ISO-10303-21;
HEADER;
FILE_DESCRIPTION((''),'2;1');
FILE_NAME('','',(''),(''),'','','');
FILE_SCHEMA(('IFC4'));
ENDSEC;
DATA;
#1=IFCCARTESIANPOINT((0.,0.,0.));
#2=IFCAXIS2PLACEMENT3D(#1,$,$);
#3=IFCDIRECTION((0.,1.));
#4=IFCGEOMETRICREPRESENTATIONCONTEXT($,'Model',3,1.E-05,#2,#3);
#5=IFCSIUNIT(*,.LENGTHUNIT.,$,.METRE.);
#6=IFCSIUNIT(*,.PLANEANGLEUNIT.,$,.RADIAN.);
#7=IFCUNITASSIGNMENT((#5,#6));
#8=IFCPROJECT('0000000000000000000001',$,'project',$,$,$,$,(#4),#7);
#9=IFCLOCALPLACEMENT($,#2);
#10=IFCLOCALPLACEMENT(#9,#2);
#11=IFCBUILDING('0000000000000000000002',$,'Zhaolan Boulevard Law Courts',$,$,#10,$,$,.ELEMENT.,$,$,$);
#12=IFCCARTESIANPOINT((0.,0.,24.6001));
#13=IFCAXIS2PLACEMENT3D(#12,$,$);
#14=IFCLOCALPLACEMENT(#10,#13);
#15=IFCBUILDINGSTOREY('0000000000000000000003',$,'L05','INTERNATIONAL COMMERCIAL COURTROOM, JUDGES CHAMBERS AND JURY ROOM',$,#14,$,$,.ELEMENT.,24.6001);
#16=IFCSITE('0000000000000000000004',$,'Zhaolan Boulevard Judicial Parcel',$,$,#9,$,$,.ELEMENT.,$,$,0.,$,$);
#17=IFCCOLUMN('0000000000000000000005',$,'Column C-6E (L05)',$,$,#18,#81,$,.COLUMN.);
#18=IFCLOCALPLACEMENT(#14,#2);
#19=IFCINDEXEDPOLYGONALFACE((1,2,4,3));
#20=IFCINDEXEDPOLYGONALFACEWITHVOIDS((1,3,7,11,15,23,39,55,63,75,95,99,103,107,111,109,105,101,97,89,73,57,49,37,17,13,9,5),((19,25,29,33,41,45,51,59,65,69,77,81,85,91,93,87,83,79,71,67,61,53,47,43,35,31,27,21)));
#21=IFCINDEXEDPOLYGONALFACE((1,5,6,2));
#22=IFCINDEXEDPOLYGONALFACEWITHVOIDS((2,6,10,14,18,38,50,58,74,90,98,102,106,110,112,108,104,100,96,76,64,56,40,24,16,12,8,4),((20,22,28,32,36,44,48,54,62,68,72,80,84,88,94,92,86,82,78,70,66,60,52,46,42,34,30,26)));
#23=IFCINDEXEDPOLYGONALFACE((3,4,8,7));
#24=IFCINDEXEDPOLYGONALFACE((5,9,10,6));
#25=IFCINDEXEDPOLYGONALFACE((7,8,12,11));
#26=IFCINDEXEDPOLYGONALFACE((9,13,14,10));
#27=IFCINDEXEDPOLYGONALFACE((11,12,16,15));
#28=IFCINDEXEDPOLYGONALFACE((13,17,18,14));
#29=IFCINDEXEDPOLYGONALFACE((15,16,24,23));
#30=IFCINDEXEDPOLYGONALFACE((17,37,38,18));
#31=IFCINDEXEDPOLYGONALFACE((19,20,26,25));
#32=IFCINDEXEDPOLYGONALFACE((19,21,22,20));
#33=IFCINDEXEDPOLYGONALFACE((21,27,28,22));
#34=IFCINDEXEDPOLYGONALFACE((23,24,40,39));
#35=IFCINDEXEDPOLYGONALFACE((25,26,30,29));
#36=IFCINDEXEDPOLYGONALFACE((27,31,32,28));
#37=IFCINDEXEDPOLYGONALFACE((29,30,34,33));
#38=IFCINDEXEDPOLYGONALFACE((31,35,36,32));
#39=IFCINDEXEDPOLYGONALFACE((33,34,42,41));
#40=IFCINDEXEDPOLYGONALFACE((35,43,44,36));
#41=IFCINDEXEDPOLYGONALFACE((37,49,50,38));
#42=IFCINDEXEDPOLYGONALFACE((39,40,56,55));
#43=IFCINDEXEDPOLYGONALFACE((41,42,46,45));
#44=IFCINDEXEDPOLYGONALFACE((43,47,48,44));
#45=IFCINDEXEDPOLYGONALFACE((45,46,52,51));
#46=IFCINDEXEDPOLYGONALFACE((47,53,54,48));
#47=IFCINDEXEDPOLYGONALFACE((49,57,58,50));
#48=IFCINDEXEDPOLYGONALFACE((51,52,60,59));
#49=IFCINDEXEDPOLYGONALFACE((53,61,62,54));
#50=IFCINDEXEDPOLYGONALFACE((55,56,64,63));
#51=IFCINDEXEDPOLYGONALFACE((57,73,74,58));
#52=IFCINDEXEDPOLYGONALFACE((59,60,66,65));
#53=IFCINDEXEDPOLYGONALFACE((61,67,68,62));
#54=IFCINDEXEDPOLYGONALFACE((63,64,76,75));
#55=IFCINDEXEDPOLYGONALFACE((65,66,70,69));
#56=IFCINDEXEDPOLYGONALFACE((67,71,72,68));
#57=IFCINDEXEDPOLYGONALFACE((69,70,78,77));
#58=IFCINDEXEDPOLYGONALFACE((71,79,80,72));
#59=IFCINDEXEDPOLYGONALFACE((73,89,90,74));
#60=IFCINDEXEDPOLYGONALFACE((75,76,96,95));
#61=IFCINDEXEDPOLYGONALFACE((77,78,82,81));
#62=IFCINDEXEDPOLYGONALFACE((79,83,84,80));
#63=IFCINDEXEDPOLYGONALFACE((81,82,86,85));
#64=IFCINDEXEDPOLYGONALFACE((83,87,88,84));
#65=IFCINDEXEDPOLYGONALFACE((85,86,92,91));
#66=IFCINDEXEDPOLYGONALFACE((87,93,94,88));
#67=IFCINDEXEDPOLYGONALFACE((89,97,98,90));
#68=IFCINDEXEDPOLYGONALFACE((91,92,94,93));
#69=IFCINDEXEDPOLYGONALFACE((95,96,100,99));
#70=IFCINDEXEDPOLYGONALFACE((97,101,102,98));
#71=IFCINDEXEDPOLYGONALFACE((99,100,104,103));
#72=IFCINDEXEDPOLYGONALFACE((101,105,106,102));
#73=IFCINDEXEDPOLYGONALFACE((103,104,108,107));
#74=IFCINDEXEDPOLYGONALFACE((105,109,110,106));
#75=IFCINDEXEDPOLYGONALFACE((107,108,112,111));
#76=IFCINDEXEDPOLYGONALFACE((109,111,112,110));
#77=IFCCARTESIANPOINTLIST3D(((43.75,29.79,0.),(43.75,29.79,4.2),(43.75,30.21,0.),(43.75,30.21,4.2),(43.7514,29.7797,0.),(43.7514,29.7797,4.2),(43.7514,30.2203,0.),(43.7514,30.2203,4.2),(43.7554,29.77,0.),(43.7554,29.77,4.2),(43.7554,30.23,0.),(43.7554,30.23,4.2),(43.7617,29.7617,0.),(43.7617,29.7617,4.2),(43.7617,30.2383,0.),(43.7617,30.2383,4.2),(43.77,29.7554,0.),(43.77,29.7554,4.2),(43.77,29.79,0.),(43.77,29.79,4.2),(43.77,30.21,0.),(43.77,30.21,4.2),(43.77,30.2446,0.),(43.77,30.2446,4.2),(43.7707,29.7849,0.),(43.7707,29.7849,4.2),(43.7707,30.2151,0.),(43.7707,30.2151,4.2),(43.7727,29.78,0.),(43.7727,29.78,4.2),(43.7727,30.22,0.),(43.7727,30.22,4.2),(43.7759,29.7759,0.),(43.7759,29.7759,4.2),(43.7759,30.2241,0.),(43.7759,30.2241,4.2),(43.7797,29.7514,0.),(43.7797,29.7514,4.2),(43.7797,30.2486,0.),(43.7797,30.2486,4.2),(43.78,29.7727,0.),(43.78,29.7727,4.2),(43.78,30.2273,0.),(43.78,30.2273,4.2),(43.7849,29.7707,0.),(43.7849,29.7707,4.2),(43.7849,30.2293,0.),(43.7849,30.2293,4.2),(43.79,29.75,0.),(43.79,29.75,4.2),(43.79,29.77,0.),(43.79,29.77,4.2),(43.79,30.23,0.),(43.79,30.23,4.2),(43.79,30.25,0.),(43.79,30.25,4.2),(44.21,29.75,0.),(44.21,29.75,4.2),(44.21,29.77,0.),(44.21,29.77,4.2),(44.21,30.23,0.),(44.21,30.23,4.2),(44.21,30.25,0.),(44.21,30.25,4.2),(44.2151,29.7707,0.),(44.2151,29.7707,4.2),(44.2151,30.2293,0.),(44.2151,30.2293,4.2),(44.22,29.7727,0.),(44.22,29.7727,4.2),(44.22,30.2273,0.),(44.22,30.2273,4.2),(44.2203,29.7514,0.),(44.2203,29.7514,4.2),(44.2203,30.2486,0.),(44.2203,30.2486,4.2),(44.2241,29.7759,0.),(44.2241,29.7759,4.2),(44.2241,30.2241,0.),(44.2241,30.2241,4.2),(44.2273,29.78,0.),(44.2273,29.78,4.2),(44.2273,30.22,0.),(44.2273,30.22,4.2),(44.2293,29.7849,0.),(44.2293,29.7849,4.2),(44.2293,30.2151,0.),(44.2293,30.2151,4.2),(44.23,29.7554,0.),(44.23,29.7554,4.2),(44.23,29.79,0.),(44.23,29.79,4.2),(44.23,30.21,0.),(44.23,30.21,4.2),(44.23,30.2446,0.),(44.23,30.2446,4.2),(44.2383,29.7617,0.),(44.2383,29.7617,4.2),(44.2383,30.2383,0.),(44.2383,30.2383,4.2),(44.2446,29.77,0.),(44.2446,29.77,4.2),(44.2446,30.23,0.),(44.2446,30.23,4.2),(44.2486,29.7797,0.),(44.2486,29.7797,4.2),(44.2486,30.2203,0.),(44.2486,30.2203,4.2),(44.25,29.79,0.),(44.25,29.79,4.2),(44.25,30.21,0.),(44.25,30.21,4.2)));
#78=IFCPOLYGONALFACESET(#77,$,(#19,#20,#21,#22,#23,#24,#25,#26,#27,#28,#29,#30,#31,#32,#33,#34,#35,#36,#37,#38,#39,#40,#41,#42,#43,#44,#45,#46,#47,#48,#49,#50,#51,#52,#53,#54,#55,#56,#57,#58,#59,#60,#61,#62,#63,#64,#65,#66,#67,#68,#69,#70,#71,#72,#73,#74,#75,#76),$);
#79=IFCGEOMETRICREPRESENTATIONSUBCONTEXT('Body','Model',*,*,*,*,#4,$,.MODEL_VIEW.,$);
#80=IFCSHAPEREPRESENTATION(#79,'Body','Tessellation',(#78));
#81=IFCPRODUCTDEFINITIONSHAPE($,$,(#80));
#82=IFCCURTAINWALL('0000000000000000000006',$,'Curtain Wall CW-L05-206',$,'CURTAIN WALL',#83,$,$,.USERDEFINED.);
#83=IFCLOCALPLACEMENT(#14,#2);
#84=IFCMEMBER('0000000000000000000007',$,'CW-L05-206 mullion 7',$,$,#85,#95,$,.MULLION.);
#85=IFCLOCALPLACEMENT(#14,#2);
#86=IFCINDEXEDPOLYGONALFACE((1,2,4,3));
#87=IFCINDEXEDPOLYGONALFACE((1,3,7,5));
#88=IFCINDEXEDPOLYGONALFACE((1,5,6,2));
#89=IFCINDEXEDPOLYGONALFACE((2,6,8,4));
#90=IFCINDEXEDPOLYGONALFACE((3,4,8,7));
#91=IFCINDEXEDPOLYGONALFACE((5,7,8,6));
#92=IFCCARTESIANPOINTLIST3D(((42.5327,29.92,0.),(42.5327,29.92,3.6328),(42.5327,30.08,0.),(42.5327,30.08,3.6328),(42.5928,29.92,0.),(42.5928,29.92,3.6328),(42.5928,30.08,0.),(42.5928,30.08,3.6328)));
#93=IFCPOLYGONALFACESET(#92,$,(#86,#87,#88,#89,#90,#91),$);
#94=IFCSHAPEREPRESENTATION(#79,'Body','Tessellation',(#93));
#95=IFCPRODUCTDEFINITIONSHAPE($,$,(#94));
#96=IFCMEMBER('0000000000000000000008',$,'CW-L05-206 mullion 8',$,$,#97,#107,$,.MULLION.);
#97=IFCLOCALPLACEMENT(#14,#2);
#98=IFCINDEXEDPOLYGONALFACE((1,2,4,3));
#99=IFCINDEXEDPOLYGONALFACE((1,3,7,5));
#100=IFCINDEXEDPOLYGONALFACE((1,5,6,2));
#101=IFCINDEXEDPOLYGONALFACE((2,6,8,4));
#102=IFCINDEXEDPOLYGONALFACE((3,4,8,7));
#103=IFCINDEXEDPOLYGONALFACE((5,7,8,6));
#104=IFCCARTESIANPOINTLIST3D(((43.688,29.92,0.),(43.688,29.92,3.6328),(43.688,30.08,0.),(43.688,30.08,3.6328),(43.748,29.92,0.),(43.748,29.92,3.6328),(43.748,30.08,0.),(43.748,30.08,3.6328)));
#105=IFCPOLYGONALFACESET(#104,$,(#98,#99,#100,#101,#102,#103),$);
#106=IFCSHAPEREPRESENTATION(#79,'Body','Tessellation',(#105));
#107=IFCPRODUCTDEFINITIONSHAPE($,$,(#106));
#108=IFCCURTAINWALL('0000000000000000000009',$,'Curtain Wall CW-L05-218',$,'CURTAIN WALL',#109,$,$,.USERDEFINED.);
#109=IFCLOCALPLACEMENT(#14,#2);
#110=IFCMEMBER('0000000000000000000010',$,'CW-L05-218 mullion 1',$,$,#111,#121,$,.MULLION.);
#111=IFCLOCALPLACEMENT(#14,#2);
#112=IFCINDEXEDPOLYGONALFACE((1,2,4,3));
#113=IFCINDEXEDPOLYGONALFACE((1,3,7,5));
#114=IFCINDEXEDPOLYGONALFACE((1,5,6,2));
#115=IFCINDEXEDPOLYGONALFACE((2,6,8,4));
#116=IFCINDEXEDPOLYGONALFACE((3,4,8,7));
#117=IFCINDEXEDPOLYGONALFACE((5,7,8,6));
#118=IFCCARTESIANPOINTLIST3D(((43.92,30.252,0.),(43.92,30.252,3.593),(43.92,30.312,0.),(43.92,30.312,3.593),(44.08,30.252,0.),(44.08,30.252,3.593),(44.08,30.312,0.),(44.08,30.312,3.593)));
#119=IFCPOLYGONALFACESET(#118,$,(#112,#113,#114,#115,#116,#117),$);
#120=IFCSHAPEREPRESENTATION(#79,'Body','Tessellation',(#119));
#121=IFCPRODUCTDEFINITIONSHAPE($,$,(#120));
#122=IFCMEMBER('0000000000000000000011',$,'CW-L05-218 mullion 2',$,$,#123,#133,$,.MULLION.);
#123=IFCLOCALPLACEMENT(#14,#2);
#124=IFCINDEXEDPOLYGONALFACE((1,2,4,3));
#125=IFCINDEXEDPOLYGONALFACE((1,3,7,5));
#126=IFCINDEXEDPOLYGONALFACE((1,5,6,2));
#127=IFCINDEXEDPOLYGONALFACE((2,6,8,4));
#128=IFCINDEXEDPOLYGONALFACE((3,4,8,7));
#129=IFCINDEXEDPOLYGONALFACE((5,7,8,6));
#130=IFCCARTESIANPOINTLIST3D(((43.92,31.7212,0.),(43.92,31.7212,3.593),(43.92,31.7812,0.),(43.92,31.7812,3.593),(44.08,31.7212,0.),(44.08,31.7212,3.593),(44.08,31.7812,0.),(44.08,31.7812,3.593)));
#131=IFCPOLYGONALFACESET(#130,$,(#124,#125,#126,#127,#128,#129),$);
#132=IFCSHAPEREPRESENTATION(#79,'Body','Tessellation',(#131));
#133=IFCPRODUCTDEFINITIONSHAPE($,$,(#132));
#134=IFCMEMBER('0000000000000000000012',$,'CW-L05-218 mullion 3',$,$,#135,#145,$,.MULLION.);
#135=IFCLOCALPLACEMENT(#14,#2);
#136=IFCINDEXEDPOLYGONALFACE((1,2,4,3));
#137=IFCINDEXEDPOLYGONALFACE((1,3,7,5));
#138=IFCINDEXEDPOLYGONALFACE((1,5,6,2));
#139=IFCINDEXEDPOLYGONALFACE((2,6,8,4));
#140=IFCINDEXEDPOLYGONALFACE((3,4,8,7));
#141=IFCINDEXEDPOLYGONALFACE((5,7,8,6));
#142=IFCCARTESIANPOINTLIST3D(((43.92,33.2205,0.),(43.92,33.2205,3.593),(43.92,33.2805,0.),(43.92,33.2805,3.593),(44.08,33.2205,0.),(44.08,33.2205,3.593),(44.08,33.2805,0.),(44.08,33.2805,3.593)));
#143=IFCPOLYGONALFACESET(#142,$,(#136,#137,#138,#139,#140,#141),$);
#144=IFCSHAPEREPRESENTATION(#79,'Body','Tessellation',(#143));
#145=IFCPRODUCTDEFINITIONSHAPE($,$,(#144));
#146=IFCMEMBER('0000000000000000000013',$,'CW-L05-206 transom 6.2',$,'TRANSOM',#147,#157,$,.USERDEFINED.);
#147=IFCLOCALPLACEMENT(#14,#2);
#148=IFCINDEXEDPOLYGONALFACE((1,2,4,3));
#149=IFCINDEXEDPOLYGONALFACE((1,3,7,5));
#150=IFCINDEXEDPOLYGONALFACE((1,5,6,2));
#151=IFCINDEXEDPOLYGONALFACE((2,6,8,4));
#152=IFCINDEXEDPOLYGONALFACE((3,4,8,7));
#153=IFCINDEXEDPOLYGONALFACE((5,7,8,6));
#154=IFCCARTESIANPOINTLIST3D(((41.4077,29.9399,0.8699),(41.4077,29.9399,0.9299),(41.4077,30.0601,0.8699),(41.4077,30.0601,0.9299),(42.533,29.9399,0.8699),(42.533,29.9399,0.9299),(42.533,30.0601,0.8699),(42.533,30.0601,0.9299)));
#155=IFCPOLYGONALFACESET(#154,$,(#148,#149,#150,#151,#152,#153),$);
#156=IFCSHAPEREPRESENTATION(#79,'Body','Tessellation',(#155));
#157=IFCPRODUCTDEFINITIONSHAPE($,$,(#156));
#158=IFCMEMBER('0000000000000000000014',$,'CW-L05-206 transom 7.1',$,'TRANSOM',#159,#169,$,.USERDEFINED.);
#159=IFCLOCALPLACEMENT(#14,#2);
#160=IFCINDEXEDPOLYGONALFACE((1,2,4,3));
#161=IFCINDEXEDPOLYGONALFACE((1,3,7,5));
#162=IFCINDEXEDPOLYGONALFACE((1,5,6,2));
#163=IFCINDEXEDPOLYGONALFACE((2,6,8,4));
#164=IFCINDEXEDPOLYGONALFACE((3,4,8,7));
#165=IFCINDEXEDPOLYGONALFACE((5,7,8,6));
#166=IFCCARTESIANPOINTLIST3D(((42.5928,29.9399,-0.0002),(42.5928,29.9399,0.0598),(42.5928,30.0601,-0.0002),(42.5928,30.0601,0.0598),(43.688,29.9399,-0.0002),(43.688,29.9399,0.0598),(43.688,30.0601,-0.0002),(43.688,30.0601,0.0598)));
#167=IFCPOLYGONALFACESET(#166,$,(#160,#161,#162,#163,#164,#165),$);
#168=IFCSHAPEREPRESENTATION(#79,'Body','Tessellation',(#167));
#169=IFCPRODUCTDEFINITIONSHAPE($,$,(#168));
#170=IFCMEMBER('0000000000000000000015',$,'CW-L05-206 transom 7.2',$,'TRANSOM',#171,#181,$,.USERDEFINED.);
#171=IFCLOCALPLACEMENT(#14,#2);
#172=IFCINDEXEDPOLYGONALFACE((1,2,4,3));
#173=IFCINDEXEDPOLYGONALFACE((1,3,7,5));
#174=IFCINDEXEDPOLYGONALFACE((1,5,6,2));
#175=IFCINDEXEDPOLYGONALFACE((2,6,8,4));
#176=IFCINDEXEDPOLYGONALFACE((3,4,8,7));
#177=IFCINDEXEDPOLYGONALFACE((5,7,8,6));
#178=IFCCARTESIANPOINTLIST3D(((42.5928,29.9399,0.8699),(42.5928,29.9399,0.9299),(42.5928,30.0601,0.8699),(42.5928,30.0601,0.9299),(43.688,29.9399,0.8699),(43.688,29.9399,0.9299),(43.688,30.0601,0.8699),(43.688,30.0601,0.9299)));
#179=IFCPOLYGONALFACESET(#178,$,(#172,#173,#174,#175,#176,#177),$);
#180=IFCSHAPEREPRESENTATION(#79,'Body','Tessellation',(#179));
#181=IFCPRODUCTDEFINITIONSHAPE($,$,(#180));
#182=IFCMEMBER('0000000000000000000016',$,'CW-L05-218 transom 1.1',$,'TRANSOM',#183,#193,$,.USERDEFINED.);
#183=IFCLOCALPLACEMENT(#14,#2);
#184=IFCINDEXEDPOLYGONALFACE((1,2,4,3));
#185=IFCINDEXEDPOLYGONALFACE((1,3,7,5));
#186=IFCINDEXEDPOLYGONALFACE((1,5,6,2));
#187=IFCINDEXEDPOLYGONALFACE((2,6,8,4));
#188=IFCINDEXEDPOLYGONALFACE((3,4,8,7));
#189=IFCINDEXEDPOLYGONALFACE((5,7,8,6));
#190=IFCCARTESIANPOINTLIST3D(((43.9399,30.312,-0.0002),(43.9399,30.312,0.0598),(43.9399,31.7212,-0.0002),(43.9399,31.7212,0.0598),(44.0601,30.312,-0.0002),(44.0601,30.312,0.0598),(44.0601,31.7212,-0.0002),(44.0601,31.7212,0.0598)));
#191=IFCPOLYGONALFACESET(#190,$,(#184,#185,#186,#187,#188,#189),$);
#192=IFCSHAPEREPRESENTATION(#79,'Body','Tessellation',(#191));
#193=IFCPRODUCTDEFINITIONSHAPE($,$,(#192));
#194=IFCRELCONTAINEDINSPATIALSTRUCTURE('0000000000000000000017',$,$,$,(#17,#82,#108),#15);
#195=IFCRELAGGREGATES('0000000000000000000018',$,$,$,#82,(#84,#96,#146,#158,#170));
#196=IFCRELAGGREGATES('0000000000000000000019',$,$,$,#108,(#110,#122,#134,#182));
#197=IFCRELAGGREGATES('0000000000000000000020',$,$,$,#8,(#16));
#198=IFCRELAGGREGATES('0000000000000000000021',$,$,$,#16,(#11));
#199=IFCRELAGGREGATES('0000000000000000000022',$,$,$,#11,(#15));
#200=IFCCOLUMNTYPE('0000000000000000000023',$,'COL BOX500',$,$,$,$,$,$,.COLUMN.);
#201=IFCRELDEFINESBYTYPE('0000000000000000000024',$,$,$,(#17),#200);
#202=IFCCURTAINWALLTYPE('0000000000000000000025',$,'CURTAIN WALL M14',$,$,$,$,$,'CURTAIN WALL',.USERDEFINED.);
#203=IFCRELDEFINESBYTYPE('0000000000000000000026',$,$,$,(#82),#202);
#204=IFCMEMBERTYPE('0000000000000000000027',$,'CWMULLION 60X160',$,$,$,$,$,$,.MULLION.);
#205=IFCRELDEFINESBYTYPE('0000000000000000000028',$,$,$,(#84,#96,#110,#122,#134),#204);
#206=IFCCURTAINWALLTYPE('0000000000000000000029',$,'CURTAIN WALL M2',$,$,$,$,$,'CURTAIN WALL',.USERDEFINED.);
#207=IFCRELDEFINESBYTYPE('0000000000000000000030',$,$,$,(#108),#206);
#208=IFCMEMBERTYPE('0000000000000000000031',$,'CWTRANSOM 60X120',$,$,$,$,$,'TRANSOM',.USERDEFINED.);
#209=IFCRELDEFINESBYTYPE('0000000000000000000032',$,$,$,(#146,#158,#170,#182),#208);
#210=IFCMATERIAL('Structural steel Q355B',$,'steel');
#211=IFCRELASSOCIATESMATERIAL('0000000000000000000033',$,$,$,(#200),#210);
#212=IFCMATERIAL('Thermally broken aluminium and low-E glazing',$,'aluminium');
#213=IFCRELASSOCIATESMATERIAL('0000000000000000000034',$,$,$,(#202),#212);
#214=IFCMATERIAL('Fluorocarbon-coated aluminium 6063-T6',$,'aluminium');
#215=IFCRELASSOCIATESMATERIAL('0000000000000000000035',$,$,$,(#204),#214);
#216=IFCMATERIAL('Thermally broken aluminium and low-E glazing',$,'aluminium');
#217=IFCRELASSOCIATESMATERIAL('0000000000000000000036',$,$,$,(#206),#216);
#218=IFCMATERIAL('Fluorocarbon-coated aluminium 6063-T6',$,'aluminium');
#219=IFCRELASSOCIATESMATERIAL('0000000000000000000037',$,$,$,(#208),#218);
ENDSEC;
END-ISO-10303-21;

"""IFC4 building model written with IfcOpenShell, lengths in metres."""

from ifc_helpers import new_model, si_unit, direction, frame, origin, origin_2d, place, context, subcontext, project, spatial, rectangle, hollow_rectangle, extrude, material, material_profile, profile_set, type_object, element, aggregate, save


model = new_model("IFC4")

# Units and contexts
model_context = context("Model", 3, precision=1e-05, world=origin(), true_north=direction((0.0, 1.0)))
body_context = subcontext(model_context, "Body", "Model", "MODEL_VIEW")
ifc_project = project(units=[si_unit("LENGTHUNIT", "METRE"), si_unit("PLANEANGLEUNIT", "RADIAN")], contexts=[model_context])

# Site, building, storey
site_placement = place(None, origin())
site = spatial("IfcSite", under=ifc_project, at=site_placement, Name="Zhaolan Boulevard Judicial Parcel", CompositionType="ELEMENT", RefElevation=0.0)
building_placement = place(site_placement, origin())
building = spatial("IfcBuilding", under=site, at=building_placement, Name="Zhaolan Boulevard Law Courts", CompositionType="ELEMENT")
storey_placement = place(building_placement, frame((0.0, 0.0, 24.6001)))
storey = spatial("IfcBuildingStorey", under=building, at=storey_placement, Name="L05", Description="INTERNATIONAL COMMERCIAL COURTROOM, JUDGES CHAMBERS AND JURY ROOM", CompositionType="ELEMENT", Elevation=24.6001)

# Column
ifc_material_1 = material(Name="Structural steel Q355B", Category="steel")
ifc_material_profile_1 = material_profile(ifc_material_1, hollow_rectangle(XDim=0.5, YDim=0.5, WallThickness=0.02, InnerFilletRadius=0.02, OuterFilletRadius=0.04, at=origin_2d()), Name="BOX500x500x20")
ifc_profile_set_1 = profile_set([ifc_material_profile_1], Name="Structural steel Q355B")
column_type = type_object("IfcColumnType", Name="COL BOX500", PredefinedType="COLUMN", material=ifc_profile_set_1)
column_placement = place(storey_placement, frame((44.0, 30.0, 0.0), z_axis=(0.0, 0.0, 1.0), x_axis=(1.0, 0.0, 0.0)))
element("IfcColumn", 1, at=column_placement, inside=storey, type_object=column_type, Name="Column C-6E (L05)", PredefinedType="COLUMN", context=body_context, shape_type="SweptSolid", body=[
    extrude(hollow_rectangle(XDim=0.5, YDim=0.5, WallThickness=0.02, InnerFilletRadius=0.02, OuterFilletRadius=0.04, at=origin_2d()), origin(), (0.0, 0.0, 1.0), 4.2),
])

# Curtain walls, members
ifc_material_2 = material(Name="Thermally broken aluminium and low-E glazing", Category="aluminium")
curtain_wall_type_1 = type_object("IfcCurtainWallType", Name="CURTAIN WALL M14", ElementType="CURTAIN WALL", PredefinedType="USERDEFINED", material=ifc_material_2)
curtain_wall_1_placement = place(storey_placement, origin())
curtain_wall_1 = element("IfcCurtainWall", 2, at=curtain_wall_1_placement, inside=storey, type_object=curtain_wall_type_1, Name="Curtain Wall CW-L05-206", ObjectType="CURTAIN WALL", PredefinedType="USERDEFINED")
ifc_material_3 = material(Name="Fluorocarbon-coated aluminium 6063-T6", Category="aluminium")
ifc_material_profile_2 = material_profile(ifc_material_3, rectangle(XDim=0.1599, YDim=0.0601, at=origin_2d()), Name="AL60x160")
ifc_profile_set_2 = profile_set([ifc_material_profile_2], Name="Fluorocarbon-coated aluminium 6063-T6")
member_type_1 = type_object("IfcMemberType", Name="CWMULLION 60X160", PredefinedType="MULLION", material=ifc_profile_set_2)
member_1_placement = place(storey_placement, frame((42.5627, 30.0, 0.0), z_axis=(0.0, 0.0, 1.0), x_axis=(0.0, 1.0, 0.0)))
member_1 = element("IfcMember", 3, at=member_1_placement, type_object=member_type_1, Name="CW-L05-206 mullion 7", PredefinedType="MULLION", context=body_context, shape_type="SweptSolid", body=[
    extrude(rectangle(XDim=0.1599, YDim=0.0601, at=origin_2d()), origin(), (0.0, 0.0, 1.0), 3.6328),
])
member_2_placement = place(storey_placement, frame((43.718, 30.0, 0.0), z_axis=(0.0, 0.0, 1.0), x_axis=(0.0, 1.0, 0.0)))
member_2 = element("IfcMember", 4, at=member_2_placement, type_object=member_type_1, Name="CW-L05-206 mullion 8", PredefinedType="MULLION", context=body_context, shape_type="SweptSolid", body=[
    extrude(rectangle(XDim=0.1599, YDim=0.0601, at=origin_2d()), origin(), (0.0, 0.0, 1.0), 3.6328),
])
ifc_material_4 = material(Name="Thermally broken aluminium and low-E glazing", Category="aluminium")
curtain_wall_type_2 = type_object("IfcCurtainWallType", Name="CURTAIN WALL M2", ElementType="CURTAIN WALL", PredefinedType="USERDEFINED", material=ifc_material_4)
curtain_wall_2_placement = place(storey_placement, origin())
curtain_wall_2 = element("IfcCurtainWall", 5, at=curtain_wall_2_placement, inside=storey, type_object=curtain_wall_type_2, Name="Curtain Wall CW-L05-218", ObjectType="CURTAIN WALL", PredefinedType="USERDEFINED")
member_3_placement = place(storey_placement, frame((44.0, 30.282, 0.0), z_axis=(0.0, 0.0, 1.0), x_axis=(-1.0, 0.0, 0.0)))
member_3 = element("IfcMember", 6, at=member_3_placement, type_object=member_type_1, Name="CW-L05-218 mullion 1", PredefinedType="MULLION", context=body_context, shape_type="SweptSolid", body=[
    extrude(rectangle(XDim=0.1599, YDim=0.0601, at=origin_2d()), origin(), (0.0, 0.0, 1.0), 3.593),
])
member_4_placement = place(storey_placement, frame((44.0, 31.7512, 0.0), z_axis=(0.0, 0.0, 1.0), x_axis=(-1.0, 0.0, 0.0)))
member_4 = element("IfcMember", 7, at=member_4_placement, type_object=member_type_1, Name="CW-L05-218 mullion 2", PredefinedType="MULLION", context=body_context, shape_type="SweptSolid", body=[
    extrude(rectangle(XDim=0.1599, YDim=0.0601, at=origin_2d()), origin(), (0.0, 0.0, 1.0), 3.593),
])
member_5_placement = place(storey_placement, frame((44.0, 33.2505, 0.0), z_axis=(0.0, 0.0, 1.0), x_axis=(-1.0, 0.0, 0.0)))
member_5 = element("IfcMember", 8, at=member_5_placement, type_object=member_type_1, Name="CW-L05-218 mullion 3", PredefinedType="MULLION", context=body_context, shape_type="SweptSolid", body=[
    extrude(rectangle(XDim=0.1599, YDim=0.0601, at=origin_2d()), origin(), (0.0, 0.0, 1.0), 3.593),
])

# Members
ifc_material_5 = material(Name="Fluorocarbon-coated aluminium 6063-T6", Category="aluminium")
ifc_material_profile_3 = material_profile(ifc_material_5, rectangle(XDim=0.1201, YDim=0.0601, at=origin_2d()), Name="AL60x120")
ifc_profile_set_3 = profile_set([ifc_material_profile_3], Name="Fluorocarbon-coated aluminium 6063-T6")
member_type_2 = type_object("IfcMemberType", Name="CWTRANSOM 60X120", ElementType="TRANSOM", PredefinedType="USERDEFINED", material=ifc_profile_set_3)
member_6_placement = place(storey_placement, frame((41.4077, 30.0, 0.8999), z_axis=(1.0, 0.0, 0.0), x_axis=(0.0, 1.0, 0.0)))
member_6 = element("IfcMember", 9, at=member_6_placement, type_object=member_type_2, Name="CW-L05-206 transom 6.2", ObjectType="TRANSOM", PredefinedType="USERDEFINED", context=body_context, shape_type="SweptSolid", body=[
    extrude(rectangle(XDim=0.1201, YDim=0.0601, at=origin_2d()), origin(), (0.0, 0.0, 1.0), 1.1252),
])
member_7_placement = place(storey_placement, frame((42.5928, 30.0, 0.0298), z_axis=(1.0, 0.0, 0.0), x_axis=(0.0, 1.0, 0.0)))
member_7 = element("IfcMember", 10, at=member_7_placement, type_object=member_type_2, Name="CW-L05-206 transom 7.1", ObjectType="TRANSOM", PredefinedType="USERDEFINED", context=body_context, shape_type="SweptSolid", body=[
    extrude(rectangle(XDim=0.1201, YDim=0.0601, at=origin_2d()), origin(), (0.0, 0.0, 1.0), 1.0952),
])
member_8_placement = place(storey_placement, frame((42.5928, 30.0, 0.8999), z_axis=(1.0, 0.0, 0.0), x_axis=(0.0, 1.0, 0.0)))
member_8 = element("IfcMember", 11, at=member_8_placement, type_object=member_type_2, Name="CW-L05-206 transom 7.2", ObjectType="TRANSOM", PredefinedType="USERDEFINED", context=body_context, shape_type="SweptSolid", body=[
    extrude(rectangle(XDim=0.1201, YDim=0.0601, at=origin_2d()), origin(), (0.0, 0.0, 1.0), 1.0952),
])
member_9_placement = place(storey_placement, frame((44.0, 30.312, 0.0298), z_axis=(0.0, 1.0, 0.0), x_axis=(-1.0, 0.0, 0.0)))
member_9 = element("IfcMember", 12, at=member_9_placement, type_object=member_type_2, Name="CW-L05-218 transom 1.1", ObjectType="TRANSOM", PredefinedType="USERDEFINED", context=body_context, shape_type="SweptSolid", body=[
    extrude(rectangle(XDim=0.1201, YDim=0.0601, at=origin_2d()), origin(), (0.0, 0.0, 1.0), 1.4092),
])

aggregate(curtain_wall_1, [member_1, member_2, member_6, member_7, member_8])
aggregate(curtain_wall_2, [member_3, member_4, member_5, member_9])

save(model, "model.ifc")
